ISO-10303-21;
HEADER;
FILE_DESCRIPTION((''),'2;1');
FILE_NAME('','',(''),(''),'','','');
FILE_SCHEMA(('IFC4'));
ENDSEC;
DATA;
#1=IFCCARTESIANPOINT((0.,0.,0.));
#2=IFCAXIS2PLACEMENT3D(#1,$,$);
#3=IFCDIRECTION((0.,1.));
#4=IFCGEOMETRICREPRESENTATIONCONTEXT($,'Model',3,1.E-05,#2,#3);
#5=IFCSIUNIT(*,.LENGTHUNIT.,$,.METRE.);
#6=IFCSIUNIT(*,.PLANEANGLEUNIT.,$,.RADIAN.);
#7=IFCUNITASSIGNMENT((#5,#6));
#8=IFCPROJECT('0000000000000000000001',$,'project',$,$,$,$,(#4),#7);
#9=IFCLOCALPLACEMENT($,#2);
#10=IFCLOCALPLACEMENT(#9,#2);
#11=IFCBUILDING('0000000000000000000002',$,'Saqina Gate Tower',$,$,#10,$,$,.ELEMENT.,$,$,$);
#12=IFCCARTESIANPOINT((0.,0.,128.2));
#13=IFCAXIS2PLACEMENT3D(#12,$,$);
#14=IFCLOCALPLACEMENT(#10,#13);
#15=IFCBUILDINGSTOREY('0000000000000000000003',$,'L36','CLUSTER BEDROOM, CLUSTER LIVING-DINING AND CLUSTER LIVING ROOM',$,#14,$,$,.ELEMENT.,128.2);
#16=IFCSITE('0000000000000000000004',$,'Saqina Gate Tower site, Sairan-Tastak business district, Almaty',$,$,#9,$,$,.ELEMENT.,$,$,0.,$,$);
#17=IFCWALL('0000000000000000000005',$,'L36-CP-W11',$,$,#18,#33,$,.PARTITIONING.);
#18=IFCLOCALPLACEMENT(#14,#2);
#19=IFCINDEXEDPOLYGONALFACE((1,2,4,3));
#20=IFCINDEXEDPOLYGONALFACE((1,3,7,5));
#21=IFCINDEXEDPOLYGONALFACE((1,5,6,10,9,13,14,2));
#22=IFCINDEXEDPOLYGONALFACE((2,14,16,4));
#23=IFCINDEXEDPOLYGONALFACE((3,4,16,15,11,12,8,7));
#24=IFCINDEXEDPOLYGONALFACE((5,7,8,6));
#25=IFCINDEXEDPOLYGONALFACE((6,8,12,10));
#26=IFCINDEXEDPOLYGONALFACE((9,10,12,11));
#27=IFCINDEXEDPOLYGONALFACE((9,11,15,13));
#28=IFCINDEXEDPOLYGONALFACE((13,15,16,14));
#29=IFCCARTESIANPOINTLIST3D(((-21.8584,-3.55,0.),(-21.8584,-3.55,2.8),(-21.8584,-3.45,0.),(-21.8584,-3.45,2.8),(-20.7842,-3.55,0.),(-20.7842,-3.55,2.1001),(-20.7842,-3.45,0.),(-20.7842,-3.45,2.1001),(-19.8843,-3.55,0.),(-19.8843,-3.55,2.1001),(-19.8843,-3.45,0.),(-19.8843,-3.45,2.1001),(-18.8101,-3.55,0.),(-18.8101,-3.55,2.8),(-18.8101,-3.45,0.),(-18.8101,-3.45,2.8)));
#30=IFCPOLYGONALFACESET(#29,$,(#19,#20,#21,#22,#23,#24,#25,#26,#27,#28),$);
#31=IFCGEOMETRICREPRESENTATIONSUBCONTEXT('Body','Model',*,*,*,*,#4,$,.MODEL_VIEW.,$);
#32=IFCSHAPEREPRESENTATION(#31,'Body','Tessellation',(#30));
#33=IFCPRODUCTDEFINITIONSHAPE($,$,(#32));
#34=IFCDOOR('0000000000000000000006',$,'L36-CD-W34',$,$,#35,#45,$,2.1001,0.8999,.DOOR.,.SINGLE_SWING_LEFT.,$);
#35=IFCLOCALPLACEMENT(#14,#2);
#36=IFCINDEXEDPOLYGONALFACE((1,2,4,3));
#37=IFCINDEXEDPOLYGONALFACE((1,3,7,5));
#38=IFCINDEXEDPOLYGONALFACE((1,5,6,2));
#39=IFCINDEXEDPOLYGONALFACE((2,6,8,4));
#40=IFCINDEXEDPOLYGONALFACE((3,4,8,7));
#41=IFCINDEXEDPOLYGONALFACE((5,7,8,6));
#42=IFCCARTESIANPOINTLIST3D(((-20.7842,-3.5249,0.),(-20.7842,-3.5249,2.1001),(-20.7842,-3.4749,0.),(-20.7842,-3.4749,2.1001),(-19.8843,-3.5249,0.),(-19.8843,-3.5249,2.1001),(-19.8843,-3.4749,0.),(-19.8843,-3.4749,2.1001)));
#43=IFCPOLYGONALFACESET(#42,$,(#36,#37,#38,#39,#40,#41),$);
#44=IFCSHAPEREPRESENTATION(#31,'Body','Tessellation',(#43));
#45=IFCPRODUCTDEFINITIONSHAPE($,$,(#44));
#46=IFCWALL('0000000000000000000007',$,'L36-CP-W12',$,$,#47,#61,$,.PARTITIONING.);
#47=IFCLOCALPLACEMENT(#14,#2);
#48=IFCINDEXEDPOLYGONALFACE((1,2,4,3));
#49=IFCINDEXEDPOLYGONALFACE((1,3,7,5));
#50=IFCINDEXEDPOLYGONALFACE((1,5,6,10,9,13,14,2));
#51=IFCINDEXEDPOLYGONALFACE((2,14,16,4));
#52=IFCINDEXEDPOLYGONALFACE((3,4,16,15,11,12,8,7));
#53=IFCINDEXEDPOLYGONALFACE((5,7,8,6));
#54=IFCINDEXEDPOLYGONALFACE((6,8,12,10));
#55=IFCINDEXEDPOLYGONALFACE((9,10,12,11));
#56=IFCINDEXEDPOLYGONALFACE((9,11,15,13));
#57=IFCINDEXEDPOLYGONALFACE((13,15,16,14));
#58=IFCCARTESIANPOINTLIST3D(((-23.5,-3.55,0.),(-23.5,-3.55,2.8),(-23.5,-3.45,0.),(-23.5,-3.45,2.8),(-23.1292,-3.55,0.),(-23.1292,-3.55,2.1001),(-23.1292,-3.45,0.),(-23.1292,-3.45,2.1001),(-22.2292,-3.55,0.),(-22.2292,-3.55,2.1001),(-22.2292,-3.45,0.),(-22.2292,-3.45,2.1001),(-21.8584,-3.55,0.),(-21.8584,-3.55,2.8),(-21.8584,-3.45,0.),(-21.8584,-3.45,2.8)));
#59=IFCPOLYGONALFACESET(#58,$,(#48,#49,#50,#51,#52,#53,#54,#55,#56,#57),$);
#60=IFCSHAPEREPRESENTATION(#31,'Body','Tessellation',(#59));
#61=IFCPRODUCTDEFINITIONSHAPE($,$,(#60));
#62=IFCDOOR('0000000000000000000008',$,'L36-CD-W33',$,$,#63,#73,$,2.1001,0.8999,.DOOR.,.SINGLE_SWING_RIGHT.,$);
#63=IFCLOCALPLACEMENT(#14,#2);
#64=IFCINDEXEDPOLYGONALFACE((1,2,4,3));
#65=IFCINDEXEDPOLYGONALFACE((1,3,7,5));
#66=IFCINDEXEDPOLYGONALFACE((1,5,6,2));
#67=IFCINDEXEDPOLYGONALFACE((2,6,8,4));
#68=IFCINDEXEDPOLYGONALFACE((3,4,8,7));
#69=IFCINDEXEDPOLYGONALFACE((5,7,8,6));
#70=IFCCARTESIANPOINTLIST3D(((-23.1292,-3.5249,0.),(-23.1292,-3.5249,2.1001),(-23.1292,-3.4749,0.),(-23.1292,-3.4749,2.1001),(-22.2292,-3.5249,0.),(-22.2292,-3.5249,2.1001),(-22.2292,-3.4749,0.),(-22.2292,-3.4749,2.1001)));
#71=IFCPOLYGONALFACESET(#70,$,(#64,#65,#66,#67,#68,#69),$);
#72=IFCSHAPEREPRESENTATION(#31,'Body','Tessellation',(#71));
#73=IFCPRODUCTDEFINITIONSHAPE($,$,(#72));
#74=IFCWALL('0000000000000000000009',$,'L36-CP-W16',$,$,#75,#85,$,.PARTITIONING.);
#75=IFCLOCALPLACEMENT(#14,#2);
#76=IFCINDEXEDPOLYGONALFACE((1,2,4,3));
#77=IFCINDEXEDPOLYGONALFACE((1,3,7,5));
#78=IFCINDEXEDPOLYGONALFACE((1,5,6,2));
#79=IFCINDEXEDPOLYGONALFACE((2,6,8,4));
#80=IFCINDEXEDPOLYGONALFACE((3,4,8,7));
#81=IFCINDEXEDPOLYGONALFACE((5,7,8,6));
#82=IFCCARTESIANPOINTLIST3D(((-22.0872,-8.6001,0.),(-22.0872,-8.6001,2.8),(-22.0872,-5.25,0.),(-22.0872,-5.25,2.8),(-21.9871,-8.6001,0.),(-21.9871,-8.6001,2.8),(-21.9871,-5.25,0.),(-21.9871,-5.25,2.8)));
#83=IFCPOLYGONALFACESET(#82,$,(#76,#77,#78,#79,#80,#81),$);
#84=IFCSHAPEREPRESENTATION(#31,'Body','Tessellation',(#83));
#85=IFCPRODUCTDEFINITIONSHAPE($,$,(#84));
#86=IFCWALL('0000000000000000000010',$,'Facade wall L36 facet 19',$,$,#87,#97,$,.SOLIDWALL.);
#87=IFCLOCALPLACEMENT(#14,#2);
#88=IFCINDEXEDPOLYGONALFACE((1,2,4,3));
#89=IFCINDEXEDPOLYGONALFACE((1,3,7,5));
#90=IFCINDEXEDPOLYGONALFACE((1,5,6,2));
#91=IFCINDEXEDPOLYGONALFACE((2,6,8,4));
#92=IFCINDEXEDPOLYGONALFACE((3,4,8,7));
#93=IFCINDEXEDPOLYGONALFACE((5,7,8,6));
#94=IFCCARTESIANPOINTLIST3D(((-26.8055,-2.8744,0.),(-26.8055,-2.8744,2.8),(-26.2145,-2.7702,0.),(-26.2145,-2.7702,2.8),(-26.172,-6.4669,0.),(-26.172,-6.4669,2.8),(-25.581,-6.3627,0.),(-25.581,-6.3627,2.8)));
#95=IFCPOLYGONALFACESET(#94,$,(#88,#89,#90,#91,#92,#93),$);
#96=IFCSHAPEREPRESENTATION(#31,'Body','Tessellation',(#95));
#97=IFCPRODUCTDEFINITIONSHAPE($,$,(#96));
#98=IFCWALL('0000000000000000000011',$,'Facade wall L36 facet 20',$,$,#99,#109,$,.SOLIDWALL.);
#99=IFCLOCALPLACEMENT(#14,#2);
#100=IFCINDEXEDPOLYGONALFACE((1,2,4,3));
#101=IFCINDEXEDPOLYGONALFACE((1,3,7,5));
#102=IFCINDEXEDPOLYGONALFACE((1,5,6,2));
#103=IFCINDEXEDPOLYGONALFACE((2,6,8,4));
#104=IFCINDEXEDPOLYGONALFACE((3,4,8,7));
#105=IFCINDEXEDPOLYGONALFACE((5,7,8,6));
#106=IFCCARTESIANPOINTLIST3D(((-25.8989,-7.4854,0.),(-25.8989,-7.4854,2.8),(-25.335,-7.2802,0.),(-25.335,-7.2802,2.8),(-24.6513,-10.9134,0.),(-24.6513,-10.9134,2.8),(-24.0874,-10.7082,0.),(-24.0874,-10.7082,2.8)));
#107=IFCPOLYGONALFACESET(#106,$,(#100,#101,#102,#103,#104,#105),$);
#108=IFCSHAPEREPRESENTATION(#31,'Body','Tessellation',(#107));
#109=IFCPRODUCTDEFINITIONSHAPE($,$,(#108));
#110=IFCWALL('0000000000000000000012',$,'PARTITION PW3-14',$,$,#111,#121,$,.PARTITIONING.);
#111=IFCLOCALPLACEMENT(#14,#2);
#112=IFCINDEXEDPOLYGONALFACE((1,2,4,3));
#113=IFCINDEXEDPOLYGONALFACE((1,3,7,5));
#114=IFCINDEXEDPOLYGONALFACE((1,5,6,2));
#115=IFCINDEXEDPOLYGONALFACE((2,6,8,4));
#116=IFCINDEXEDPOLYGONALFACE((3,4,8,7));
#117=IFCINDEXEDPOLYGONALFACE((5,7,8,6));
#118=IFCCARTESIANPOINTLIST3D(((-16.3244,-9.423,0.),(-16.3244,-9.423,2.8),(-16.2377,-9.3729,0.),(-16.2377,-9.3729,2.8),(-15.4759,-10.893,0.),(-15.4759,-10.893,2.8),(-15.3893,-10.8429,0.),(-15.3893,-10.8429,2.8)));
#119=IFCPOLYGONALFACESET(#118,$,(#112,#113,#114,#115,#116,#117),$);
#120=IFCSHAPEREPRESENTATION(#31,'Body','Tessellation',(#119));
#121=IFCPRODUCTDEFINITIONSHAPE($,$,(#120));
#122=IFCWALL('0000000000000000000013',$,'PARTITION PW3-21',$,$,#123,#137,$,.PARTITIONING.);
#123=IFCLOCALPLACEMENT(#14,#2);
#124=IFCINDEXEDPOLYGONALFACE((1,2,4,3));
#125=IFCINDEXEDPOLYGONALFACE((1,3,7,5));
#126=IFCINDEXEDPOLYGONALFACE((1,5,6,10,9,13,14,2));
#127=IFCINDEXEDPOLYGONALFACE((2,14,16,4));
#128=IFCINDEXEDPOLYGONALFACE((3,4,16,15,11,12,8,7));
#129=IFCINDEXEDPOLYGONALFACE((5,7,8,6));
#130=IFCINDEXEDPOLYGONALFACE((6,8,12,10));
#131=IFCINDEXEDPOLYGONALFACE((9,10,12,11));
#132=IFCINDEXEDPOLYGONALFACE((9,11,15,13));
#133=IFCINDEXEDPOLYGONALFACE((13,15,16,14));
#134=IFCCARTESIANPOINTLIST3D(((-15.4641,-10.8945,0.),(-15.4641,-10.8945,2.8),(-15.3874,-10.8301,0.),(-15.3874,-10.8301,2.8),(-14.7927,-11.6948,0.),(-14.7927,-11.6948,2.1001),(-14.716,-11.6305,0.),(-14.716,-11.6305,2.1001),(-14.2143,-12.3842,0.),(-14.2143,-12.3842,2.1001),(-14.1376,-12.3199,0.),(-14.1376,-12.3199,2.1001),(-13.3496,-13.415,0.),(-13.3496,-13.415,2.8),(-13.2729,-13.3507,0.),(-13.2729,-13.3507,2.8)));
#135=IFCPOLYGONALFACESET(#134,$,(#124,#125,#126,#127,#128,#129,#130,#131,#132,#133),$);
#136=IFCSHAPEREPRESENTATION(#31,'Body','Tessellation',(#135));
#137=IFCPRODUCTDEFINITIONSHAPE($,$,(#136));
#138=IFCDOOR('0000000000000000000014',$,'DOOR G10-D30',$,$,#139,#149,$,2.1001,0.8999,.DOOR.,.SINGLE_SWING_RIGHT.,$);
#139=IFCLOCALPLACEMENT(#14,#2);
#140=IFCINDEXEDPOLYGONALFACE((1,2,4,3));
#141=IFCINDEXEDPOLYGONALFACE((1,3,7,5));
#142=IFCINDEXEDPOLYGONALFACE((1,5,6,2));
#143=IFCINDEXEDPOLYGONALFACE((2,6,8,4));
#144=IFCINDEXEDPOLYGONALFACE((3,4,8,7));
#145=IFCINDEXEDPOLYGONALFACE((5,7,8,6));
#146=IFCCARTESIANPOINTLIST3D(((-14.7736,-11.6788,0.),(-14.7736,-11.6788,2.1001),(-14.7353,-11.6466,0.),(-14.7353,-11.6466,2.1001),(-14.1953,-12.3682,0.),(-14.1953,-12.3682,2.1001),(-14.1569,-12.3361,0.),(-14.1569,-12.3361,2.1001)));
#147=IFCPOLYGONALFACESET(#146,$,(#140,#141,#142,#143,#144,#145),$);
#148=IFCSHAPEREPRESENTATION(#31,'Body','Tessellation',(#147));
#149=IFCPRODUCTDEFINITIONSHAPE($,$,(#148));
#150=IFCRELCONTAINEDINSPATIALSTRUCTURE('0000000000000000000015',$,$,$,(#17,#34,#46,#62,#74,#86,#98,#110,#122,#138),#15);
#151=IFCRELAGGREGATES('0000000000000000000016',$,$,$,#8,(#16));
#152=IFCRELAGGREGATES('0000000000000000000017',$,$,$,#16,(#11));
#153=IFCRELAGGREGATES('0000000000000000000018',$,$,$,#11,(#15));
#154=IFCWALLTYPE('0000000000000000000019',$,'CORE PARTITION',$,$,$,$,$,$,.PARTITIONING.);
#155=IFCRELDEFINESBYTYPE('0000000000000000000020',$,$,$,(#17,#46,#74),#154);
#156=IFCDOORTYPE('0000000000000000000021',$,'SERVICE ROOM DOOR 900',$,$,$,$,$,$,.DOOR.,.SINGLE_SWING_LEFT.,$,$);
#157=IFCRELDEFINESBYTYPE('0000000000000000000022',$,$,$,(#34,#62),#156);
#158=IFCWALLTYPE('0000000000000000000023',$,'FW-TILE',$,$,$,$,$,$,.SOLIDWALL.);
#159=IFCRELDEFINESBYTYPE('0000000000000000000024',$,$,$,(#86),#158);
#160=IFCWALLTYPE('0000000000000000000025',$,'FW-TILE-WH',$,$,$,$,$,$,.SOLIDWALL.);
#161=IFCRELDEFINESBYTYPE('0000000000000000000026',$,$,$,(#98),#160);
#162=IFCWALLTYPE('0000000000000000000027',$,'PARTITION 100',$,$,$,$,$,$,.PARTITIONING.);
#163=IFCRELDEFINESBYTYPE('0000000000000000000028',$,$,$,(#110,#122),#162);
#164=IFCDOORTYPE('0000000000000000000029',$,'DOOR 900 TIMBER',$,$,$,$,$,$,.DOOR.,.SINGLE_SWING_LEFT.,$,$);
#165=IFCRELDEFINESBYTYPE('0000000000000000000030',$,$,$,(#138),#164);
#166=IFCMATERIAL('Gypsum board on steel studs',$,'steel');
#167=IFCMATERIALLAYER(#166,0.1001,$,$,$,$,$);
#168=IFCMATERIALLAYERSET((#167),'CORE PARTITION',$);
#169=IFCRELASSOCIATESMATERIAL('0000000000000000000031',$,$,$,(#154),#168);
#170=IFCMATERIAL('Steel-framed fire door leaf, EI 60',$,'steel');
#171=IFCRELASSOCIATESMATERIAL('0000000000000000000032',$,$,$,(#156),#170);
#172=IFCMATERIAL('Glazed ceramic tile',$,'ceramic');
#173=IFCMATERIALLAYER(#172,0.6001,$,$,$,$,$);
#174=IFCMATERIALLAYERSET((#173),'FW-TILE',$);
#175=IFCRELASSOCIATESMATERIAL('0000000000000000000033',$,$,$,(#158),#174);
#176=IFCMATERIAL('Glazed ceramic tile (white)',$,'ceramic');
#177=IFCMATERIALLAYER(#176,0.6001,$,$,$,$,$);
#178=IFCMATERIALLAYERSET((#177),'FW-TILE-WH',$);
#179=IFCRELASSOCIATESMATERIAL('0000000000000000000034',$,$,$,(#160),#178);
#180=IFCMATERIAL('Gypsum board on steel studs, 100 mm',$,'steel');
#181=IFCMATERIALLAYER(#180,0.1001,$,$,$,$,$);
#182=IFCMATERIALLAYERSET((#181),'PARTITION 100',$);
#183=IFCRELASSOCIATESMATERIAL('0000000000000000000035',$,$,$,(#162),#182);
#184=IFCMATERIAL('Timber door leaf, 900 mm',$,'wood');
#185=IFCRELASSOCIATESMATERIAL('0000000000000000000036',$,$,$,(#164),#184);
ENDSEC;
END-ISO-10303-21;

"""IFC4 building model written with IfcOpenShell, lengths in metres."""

from ifc_helpers import new_model, si_unit, direction, frame, frame_2d, origin, place, context, subcontext, project, spatial, rectangle, extrude, material, layer, layer_set, type_object, element, fill, save


model = new_model("IFC4")

# Units and contexts
model_context = context("Model", 3, precision=1e-05, world=origin(), true_north=direction((0.0, 1.0)))
body_context = subcontext(model_context, "Body", "Model", "MODEL_VIEW")
ifc_project = project(units=[si_unit("LENGTHUNIT", "METRE"), si_unit("PLANEANGLEUNIT", "RADIAN")], contexts=[model_context])

# Site, building, storey
site_placement = place(None, origin())
site = spatial("IfcSite", under=ifc_project, at=site_placement, Name="Saqina Gate Tower site, Sairan-Tastak business district, Almaty", CompositionType="ELEMENT", RefElevation=0.0)
building_placement = place(site_placement, origin())
building = spatial("IfcBuilding", under=site, at=building_placement, Name="Saqina Gate Tower", CompositionType="ELEMENT")
storey_placement = place(building_placement, frame((0.0, 0.0, 128.2)))
storey = spatial("IfcBuildingStorey", under=building, at=storey_placement, Name="L36", Description="CLUSTER BEDROOM, CLUSTER LIVING-DINING AND CLUSTER LIVING ROOM", CompositionType="ELEMENT", Elevation=128.2)

# Shared definitions
ifc_material_1 = material(Name="Gypsum board on steel studs", Category="steel")
ifc_layer_1 = layer(ifc_material_1, 0.1001)
ifc_layer_set_1 = layer_set([ifc_layer_1], Name="CORE PARTITION")
wall_type_1 = type_object("IfcWallType", Name="CORE PARTITION", PredefinedType="PARTITIONING", material=ifc_layer_set_1)

# Walls, openings, doors
wall_1_placement = place(storey_placement, frame((-18.8101, -3.5, 0.0), z_axis=(0.0, 0.0, 1.0), x_axis=(-1.0, 0.0, 0.0)))
wall_1 = element("IfcWall", 1, at=wall_1_placement, inside=storey, type_object=wall_type_1, Name="L36-CP-W11", PredefinedType="PARTITIONING", context=body_context, shape_type="SweptSolid", body=[
    extrude(rectangle(XDim=3.0483, YDim=0.1001, at=frame_2d((1.5242, 0.0))), origin(), (0.0, 0.0, 1.0), 2.8),
])
opening_1_placement = place(wall_1_placement, frame((1.0742, 0.0, 0.0)))
opening_1 = element("IfcOpeningElement", 2, at=opening_1_placement, cuts=wall_1, PredefinedType="OPENING", context=body_context, shape_type="SweptSolid", body=[
    extrude(rectangle(XDim=0.8999, YDim=2.1001, at=frame_2d((0.45, 1.05))), frame((0.0, 0.062, 0.0), z_axis=(0.0, -1.0, 0.0), x_axis=(1.0, 0.0, 0.0)), (0.0, 0.0, 1.0), 0.124),
])
ifc_material_2 = material(Name="Steel-framed fire door leaf, EI 60", Category="steel")
door_type_1 = type_object("IfcDoorType", Name="SERVICE ROOM DOOR 900", OperationType="SINGLE_SWING_LEFT", PredefinedType="DOOR", material=ifc_material_2)
door_1_placement = place(opening_1_placement, origin())
door_1 = element("IfcDoor", 3, at=door_1_placement, inside=storey, type_object=door_type_1, Name="L36-CD-W34", OperationType="SINGLE_SWING_LEFT", OverallHeight=2.1001, OverallWidth=0.8999, PredefinedType="DOOR", context=body_context, shape_type="SweptSolid", body=[
    extrude(rectangle(XDim=0.8999, YDim=2.1001, at=frame_2d((0.45, 1.05))), frame((0.0, 0.0249, 0.0), z_axis=(0.0, -1.0, 0.0), x_axis=(1.0, 0.0, 0.0)), (0.0, 0.0, 1.0), 0.05),
])
fill(opening_1, door_1)
wall_2_placement = place(storey_placement, frame((-21.8584, -3.5, 0.0), z_axis=(0.0, 0.0, 1.0), x_axis=(-1.0, 0.0, 0.0)))
wall_2 = element("IfcWall", 4, at=wall_2_placement, inside=storey, type_object=wall_type_1, Name="L36-CP-W12", PredefinedType="PARTITIONING", context=body_context, shape_type="SweptSolid", body=[
    extrude(rectangle(XDim=1.6416, YDim=0.1001, at=frame_2d((0.8208, 0.0))), origin(), (0.0, 0.0, 1.0), 2.8),
])
opening_2_placement = place(wall_2_placement, frame((0.3708, 0.0, 0.0)))
opening_2 = element("IfcOpeningElement", 5, at=opening_2_placement, cuts=wall_2, PredefinedType="OPENING", context=body_context, shape_type="SweptSolid", body=[
    extrude(rectangle(XDim=0.8999, YDim=2.1001, at=frame_2d((0.45, 1.05))), frame((0.0, 0.062, 0.0), z_axis=(0.0, -1.0, 0.0), x_axis=(1.0, 0.0, 0.0)), (0.0, 0.0, 1.0), 0.124),
])
door_2_placement = place(opening_2_placement, origin())
door_2 = element("IfcDoor", 6, at=door_2_placement, inside=storey, type_object=door_type_1, Name="L36-CD-W33", OperationType="SINGLE_SWING_RIGHT", OverallHeight=2.1001, OverallWidth=0.8999, PredefinedType="DOOR", context=body_context, shape_type="SweptSolid", body=[
    extrude(rectangle(XDim=0.8999, YDim=2.1001, at=frame_2d((0.45, 1.05))), frame((0.0, 0.0249, 0.0), z_axis=(0.0, -1.0, 0.0), x_axis=(1.0, 0.0, 0.0)), (0.0, 0.0, 1.0), 0.05),
])
fill(opening_2, door_2)

# Walls
wall_3_placement = place(storey_placement, frame((-22.0371, -8.6001, 0.0), z_axis=(0.0, 0.0, 1.0), x_axis=(0.0, 1.0, 0.0)))
element("IfcWall", 7, at=wall_3_placement, inside=storey, type_object=wall_type_1, Name="L36-CP-W16", PredefinedType="PARTITIONING", context=body_context, shape_type="SweptSolid", body=[
    extrude(rectangle(XDim=3.3501, YDim=0.1001, at=frame_2d((1.675, 0.0))), origin(), (0.0, 0.0, 1.0), 2.8),
])
ifc_material_3 = material(Name="Glazed ceramic tile", Category="ceramic")
ifc_layer_2 = layer(ifc_material_3, 0.6001)
ifc_layer_set_2 = layer_set([ifc_layer_2], Name="FW-TILE")
wall_type_2 = type_object("IfcWallType", Name="FW-TILE", PredefinedType="SOLIDWALL", material=ifc_layer_set_2)
wall_4_placement = place(storey_placement, frame((-26.51, -2.8223, 0.0), z_axis=(0.0, 0.0, 1.0), x_axis=(0.173671, -0.984804, 0.0)))
element("IfcWall", 8, at=wall_4_placement, inside=storey, type_object=wall_type_2, Name="Facade wall L36 facet 19", PredefinedType="SOLIDWALL", context=body_context, shape_type="SweptSolid", body=[
    extrude(rectangle(XDim=3.6479, YDim=0.6001, at=frame_2d((1.824, 0.0))), origin(), (0.0, 0.0, 1.0), 2.8),
])
ifc_material_4 = material(Name="Glazed ceramic tile (white)", Category="ceramic")
ifc_layer_3 = layer(ifc_material_4, 0.6001)
ifc_layer_set_3 = layer_set([ifc_layer_3], Name="FW-TILE-WH")
wall_type_3 = type_object("IfcWallType", Name="FW-TILE-WH", PredefinedType="SOLIDWALL", material=ifc_layer_set_3)
wall_5_placement = place(storey_placement, frame((-25.6169, -7.3828, 0.0), z_axis=(0.0, 0.0, 1.0), x_axis=(0.34199, -0.939704, 0.0)))
element("IfcWall", 9, at=wall_5_placement, inside=storey, type_object=wall_type_3, Name="Facade wall L36 facet 20", PredefinedType="SOLIDWALL", context=body_context, shape_type="SweptSolid", body=[
    extrude(rectangle(XDim=3.6479, YDim=0.6001, at=frame_2d((1.824, 0.0))), origin(), (0.0, 0.0, 1.0), 2.8),
])
ifc_material_5 = material(Name="Gypsum board on steel studs, 100 mm", Category="steel")
ifc_layer_4 = layer(ifc_material_5, 0.1001)
ifc_layer_set_4 = layer_set([ifc_layer_4], Name="PARTITION 100")
wall_type_4 = type_object("IfcWallType", Name="PARTITION 100", PredefinedType="PARTITIONING", material=ifc_layer_set_4)
wall_6_placement = place(storey_placement, frame((-16.281, -9.3979, 0.0), z_axis=(0.0, 0.0, 1.0), x_axis=(0.499868, -0.866102, 0.0)))
element("IfcWall", 10, at=wall_6_placement, inside=storey, type_object=wall_type_4, Name="PARTITION PW3-14", PredefinedType="PARTITIONING", context=body_context, shape_type="SweptSolid", body=[
    extrude(rectangle(XDim=1.6973, YDim=0.1001, at=frame_2d((0.8486, 0.0))), origin(), (0.0, 0.0, 1.0), 2.8),
])

# Wall, opening, door
wall_7_placement = place(storey_placement, frame((-15.4258, -10.8623, 0.0), z_axis=(0.0, 0.0, 1.0), x_axis=(0.642706, -0.766113, 0.0)))
wall_7 = element("IfcWall", 11, at=wall_7_placement, inside=storey, type_object=wall_type_4, Name="PARTITION PW3-21", PredefinedType="PARTITIONING", context=body_context, shape_type="SweptSolid", body=[
    extrude(rectangle(XDim=3.29, YDim=0.1001, at=frame_2d((1.645, 0.0))), origin(), (0.0, 0.0, 1.0), 2.8),
])
opening_3_placement = place(wall_7_placement, frame((1.0447, 0.0, 0.0)))
opening_3 = element("IfcOpeningElement", 12, at=opening_3_placement, cuts=wall_7, PredefinedType="OPENING", context=body_context, shape_type="SweptSolid", body=[
    extrude(rectangle(XDim=0.8999, YDim=2.1001, at=frame_2d((0.45, 1.05))), frame((0.0, 0.062, 0.0), z_axis=(0.0, -1.0, 0.0), x_axis=(1.0, 0.0, 0.0)), (0.0, 0.0, 1.0), 0.124),
])
ifc_material_6 = material(Name="Timber door leaf, 900 mm", Category="wood")
door_type_2 = type_object("IfcDoorType", Name="DOOR 900 TIMBER", OperationType="SINGLE_SWING_LEFT", PredefinedType="DOOR", material=ifc_material_6)
door_3_placement = place(opening_3_placement, origin())
door_3 = element("IfcDoor", 13, at=door_3_placement, inside=storey, type_object=door_type_2, Name="DOOR G10-D30", OperationType="SINGLE_SWING_RIGHT", OverallHeight=2.1001, OverallWidth=0.8999, PredefinedType="DOOR", context=body_context, shape_type="SweptSolid", body=[
    extrude(rectangle(XDim=0.8999, YDim=2.1001, at=frame_2d((0.45, 1.05))), frame((0.0, 0.0249, 0.0), z_axis=(0.0, -1.0, 0.0), x_axis=(1.0, 0.0, 0.0)), (0.0, 0.0, 1.0), 0.05),
])
fill(opening_3, door_3)

save(model, "model.ifc")
